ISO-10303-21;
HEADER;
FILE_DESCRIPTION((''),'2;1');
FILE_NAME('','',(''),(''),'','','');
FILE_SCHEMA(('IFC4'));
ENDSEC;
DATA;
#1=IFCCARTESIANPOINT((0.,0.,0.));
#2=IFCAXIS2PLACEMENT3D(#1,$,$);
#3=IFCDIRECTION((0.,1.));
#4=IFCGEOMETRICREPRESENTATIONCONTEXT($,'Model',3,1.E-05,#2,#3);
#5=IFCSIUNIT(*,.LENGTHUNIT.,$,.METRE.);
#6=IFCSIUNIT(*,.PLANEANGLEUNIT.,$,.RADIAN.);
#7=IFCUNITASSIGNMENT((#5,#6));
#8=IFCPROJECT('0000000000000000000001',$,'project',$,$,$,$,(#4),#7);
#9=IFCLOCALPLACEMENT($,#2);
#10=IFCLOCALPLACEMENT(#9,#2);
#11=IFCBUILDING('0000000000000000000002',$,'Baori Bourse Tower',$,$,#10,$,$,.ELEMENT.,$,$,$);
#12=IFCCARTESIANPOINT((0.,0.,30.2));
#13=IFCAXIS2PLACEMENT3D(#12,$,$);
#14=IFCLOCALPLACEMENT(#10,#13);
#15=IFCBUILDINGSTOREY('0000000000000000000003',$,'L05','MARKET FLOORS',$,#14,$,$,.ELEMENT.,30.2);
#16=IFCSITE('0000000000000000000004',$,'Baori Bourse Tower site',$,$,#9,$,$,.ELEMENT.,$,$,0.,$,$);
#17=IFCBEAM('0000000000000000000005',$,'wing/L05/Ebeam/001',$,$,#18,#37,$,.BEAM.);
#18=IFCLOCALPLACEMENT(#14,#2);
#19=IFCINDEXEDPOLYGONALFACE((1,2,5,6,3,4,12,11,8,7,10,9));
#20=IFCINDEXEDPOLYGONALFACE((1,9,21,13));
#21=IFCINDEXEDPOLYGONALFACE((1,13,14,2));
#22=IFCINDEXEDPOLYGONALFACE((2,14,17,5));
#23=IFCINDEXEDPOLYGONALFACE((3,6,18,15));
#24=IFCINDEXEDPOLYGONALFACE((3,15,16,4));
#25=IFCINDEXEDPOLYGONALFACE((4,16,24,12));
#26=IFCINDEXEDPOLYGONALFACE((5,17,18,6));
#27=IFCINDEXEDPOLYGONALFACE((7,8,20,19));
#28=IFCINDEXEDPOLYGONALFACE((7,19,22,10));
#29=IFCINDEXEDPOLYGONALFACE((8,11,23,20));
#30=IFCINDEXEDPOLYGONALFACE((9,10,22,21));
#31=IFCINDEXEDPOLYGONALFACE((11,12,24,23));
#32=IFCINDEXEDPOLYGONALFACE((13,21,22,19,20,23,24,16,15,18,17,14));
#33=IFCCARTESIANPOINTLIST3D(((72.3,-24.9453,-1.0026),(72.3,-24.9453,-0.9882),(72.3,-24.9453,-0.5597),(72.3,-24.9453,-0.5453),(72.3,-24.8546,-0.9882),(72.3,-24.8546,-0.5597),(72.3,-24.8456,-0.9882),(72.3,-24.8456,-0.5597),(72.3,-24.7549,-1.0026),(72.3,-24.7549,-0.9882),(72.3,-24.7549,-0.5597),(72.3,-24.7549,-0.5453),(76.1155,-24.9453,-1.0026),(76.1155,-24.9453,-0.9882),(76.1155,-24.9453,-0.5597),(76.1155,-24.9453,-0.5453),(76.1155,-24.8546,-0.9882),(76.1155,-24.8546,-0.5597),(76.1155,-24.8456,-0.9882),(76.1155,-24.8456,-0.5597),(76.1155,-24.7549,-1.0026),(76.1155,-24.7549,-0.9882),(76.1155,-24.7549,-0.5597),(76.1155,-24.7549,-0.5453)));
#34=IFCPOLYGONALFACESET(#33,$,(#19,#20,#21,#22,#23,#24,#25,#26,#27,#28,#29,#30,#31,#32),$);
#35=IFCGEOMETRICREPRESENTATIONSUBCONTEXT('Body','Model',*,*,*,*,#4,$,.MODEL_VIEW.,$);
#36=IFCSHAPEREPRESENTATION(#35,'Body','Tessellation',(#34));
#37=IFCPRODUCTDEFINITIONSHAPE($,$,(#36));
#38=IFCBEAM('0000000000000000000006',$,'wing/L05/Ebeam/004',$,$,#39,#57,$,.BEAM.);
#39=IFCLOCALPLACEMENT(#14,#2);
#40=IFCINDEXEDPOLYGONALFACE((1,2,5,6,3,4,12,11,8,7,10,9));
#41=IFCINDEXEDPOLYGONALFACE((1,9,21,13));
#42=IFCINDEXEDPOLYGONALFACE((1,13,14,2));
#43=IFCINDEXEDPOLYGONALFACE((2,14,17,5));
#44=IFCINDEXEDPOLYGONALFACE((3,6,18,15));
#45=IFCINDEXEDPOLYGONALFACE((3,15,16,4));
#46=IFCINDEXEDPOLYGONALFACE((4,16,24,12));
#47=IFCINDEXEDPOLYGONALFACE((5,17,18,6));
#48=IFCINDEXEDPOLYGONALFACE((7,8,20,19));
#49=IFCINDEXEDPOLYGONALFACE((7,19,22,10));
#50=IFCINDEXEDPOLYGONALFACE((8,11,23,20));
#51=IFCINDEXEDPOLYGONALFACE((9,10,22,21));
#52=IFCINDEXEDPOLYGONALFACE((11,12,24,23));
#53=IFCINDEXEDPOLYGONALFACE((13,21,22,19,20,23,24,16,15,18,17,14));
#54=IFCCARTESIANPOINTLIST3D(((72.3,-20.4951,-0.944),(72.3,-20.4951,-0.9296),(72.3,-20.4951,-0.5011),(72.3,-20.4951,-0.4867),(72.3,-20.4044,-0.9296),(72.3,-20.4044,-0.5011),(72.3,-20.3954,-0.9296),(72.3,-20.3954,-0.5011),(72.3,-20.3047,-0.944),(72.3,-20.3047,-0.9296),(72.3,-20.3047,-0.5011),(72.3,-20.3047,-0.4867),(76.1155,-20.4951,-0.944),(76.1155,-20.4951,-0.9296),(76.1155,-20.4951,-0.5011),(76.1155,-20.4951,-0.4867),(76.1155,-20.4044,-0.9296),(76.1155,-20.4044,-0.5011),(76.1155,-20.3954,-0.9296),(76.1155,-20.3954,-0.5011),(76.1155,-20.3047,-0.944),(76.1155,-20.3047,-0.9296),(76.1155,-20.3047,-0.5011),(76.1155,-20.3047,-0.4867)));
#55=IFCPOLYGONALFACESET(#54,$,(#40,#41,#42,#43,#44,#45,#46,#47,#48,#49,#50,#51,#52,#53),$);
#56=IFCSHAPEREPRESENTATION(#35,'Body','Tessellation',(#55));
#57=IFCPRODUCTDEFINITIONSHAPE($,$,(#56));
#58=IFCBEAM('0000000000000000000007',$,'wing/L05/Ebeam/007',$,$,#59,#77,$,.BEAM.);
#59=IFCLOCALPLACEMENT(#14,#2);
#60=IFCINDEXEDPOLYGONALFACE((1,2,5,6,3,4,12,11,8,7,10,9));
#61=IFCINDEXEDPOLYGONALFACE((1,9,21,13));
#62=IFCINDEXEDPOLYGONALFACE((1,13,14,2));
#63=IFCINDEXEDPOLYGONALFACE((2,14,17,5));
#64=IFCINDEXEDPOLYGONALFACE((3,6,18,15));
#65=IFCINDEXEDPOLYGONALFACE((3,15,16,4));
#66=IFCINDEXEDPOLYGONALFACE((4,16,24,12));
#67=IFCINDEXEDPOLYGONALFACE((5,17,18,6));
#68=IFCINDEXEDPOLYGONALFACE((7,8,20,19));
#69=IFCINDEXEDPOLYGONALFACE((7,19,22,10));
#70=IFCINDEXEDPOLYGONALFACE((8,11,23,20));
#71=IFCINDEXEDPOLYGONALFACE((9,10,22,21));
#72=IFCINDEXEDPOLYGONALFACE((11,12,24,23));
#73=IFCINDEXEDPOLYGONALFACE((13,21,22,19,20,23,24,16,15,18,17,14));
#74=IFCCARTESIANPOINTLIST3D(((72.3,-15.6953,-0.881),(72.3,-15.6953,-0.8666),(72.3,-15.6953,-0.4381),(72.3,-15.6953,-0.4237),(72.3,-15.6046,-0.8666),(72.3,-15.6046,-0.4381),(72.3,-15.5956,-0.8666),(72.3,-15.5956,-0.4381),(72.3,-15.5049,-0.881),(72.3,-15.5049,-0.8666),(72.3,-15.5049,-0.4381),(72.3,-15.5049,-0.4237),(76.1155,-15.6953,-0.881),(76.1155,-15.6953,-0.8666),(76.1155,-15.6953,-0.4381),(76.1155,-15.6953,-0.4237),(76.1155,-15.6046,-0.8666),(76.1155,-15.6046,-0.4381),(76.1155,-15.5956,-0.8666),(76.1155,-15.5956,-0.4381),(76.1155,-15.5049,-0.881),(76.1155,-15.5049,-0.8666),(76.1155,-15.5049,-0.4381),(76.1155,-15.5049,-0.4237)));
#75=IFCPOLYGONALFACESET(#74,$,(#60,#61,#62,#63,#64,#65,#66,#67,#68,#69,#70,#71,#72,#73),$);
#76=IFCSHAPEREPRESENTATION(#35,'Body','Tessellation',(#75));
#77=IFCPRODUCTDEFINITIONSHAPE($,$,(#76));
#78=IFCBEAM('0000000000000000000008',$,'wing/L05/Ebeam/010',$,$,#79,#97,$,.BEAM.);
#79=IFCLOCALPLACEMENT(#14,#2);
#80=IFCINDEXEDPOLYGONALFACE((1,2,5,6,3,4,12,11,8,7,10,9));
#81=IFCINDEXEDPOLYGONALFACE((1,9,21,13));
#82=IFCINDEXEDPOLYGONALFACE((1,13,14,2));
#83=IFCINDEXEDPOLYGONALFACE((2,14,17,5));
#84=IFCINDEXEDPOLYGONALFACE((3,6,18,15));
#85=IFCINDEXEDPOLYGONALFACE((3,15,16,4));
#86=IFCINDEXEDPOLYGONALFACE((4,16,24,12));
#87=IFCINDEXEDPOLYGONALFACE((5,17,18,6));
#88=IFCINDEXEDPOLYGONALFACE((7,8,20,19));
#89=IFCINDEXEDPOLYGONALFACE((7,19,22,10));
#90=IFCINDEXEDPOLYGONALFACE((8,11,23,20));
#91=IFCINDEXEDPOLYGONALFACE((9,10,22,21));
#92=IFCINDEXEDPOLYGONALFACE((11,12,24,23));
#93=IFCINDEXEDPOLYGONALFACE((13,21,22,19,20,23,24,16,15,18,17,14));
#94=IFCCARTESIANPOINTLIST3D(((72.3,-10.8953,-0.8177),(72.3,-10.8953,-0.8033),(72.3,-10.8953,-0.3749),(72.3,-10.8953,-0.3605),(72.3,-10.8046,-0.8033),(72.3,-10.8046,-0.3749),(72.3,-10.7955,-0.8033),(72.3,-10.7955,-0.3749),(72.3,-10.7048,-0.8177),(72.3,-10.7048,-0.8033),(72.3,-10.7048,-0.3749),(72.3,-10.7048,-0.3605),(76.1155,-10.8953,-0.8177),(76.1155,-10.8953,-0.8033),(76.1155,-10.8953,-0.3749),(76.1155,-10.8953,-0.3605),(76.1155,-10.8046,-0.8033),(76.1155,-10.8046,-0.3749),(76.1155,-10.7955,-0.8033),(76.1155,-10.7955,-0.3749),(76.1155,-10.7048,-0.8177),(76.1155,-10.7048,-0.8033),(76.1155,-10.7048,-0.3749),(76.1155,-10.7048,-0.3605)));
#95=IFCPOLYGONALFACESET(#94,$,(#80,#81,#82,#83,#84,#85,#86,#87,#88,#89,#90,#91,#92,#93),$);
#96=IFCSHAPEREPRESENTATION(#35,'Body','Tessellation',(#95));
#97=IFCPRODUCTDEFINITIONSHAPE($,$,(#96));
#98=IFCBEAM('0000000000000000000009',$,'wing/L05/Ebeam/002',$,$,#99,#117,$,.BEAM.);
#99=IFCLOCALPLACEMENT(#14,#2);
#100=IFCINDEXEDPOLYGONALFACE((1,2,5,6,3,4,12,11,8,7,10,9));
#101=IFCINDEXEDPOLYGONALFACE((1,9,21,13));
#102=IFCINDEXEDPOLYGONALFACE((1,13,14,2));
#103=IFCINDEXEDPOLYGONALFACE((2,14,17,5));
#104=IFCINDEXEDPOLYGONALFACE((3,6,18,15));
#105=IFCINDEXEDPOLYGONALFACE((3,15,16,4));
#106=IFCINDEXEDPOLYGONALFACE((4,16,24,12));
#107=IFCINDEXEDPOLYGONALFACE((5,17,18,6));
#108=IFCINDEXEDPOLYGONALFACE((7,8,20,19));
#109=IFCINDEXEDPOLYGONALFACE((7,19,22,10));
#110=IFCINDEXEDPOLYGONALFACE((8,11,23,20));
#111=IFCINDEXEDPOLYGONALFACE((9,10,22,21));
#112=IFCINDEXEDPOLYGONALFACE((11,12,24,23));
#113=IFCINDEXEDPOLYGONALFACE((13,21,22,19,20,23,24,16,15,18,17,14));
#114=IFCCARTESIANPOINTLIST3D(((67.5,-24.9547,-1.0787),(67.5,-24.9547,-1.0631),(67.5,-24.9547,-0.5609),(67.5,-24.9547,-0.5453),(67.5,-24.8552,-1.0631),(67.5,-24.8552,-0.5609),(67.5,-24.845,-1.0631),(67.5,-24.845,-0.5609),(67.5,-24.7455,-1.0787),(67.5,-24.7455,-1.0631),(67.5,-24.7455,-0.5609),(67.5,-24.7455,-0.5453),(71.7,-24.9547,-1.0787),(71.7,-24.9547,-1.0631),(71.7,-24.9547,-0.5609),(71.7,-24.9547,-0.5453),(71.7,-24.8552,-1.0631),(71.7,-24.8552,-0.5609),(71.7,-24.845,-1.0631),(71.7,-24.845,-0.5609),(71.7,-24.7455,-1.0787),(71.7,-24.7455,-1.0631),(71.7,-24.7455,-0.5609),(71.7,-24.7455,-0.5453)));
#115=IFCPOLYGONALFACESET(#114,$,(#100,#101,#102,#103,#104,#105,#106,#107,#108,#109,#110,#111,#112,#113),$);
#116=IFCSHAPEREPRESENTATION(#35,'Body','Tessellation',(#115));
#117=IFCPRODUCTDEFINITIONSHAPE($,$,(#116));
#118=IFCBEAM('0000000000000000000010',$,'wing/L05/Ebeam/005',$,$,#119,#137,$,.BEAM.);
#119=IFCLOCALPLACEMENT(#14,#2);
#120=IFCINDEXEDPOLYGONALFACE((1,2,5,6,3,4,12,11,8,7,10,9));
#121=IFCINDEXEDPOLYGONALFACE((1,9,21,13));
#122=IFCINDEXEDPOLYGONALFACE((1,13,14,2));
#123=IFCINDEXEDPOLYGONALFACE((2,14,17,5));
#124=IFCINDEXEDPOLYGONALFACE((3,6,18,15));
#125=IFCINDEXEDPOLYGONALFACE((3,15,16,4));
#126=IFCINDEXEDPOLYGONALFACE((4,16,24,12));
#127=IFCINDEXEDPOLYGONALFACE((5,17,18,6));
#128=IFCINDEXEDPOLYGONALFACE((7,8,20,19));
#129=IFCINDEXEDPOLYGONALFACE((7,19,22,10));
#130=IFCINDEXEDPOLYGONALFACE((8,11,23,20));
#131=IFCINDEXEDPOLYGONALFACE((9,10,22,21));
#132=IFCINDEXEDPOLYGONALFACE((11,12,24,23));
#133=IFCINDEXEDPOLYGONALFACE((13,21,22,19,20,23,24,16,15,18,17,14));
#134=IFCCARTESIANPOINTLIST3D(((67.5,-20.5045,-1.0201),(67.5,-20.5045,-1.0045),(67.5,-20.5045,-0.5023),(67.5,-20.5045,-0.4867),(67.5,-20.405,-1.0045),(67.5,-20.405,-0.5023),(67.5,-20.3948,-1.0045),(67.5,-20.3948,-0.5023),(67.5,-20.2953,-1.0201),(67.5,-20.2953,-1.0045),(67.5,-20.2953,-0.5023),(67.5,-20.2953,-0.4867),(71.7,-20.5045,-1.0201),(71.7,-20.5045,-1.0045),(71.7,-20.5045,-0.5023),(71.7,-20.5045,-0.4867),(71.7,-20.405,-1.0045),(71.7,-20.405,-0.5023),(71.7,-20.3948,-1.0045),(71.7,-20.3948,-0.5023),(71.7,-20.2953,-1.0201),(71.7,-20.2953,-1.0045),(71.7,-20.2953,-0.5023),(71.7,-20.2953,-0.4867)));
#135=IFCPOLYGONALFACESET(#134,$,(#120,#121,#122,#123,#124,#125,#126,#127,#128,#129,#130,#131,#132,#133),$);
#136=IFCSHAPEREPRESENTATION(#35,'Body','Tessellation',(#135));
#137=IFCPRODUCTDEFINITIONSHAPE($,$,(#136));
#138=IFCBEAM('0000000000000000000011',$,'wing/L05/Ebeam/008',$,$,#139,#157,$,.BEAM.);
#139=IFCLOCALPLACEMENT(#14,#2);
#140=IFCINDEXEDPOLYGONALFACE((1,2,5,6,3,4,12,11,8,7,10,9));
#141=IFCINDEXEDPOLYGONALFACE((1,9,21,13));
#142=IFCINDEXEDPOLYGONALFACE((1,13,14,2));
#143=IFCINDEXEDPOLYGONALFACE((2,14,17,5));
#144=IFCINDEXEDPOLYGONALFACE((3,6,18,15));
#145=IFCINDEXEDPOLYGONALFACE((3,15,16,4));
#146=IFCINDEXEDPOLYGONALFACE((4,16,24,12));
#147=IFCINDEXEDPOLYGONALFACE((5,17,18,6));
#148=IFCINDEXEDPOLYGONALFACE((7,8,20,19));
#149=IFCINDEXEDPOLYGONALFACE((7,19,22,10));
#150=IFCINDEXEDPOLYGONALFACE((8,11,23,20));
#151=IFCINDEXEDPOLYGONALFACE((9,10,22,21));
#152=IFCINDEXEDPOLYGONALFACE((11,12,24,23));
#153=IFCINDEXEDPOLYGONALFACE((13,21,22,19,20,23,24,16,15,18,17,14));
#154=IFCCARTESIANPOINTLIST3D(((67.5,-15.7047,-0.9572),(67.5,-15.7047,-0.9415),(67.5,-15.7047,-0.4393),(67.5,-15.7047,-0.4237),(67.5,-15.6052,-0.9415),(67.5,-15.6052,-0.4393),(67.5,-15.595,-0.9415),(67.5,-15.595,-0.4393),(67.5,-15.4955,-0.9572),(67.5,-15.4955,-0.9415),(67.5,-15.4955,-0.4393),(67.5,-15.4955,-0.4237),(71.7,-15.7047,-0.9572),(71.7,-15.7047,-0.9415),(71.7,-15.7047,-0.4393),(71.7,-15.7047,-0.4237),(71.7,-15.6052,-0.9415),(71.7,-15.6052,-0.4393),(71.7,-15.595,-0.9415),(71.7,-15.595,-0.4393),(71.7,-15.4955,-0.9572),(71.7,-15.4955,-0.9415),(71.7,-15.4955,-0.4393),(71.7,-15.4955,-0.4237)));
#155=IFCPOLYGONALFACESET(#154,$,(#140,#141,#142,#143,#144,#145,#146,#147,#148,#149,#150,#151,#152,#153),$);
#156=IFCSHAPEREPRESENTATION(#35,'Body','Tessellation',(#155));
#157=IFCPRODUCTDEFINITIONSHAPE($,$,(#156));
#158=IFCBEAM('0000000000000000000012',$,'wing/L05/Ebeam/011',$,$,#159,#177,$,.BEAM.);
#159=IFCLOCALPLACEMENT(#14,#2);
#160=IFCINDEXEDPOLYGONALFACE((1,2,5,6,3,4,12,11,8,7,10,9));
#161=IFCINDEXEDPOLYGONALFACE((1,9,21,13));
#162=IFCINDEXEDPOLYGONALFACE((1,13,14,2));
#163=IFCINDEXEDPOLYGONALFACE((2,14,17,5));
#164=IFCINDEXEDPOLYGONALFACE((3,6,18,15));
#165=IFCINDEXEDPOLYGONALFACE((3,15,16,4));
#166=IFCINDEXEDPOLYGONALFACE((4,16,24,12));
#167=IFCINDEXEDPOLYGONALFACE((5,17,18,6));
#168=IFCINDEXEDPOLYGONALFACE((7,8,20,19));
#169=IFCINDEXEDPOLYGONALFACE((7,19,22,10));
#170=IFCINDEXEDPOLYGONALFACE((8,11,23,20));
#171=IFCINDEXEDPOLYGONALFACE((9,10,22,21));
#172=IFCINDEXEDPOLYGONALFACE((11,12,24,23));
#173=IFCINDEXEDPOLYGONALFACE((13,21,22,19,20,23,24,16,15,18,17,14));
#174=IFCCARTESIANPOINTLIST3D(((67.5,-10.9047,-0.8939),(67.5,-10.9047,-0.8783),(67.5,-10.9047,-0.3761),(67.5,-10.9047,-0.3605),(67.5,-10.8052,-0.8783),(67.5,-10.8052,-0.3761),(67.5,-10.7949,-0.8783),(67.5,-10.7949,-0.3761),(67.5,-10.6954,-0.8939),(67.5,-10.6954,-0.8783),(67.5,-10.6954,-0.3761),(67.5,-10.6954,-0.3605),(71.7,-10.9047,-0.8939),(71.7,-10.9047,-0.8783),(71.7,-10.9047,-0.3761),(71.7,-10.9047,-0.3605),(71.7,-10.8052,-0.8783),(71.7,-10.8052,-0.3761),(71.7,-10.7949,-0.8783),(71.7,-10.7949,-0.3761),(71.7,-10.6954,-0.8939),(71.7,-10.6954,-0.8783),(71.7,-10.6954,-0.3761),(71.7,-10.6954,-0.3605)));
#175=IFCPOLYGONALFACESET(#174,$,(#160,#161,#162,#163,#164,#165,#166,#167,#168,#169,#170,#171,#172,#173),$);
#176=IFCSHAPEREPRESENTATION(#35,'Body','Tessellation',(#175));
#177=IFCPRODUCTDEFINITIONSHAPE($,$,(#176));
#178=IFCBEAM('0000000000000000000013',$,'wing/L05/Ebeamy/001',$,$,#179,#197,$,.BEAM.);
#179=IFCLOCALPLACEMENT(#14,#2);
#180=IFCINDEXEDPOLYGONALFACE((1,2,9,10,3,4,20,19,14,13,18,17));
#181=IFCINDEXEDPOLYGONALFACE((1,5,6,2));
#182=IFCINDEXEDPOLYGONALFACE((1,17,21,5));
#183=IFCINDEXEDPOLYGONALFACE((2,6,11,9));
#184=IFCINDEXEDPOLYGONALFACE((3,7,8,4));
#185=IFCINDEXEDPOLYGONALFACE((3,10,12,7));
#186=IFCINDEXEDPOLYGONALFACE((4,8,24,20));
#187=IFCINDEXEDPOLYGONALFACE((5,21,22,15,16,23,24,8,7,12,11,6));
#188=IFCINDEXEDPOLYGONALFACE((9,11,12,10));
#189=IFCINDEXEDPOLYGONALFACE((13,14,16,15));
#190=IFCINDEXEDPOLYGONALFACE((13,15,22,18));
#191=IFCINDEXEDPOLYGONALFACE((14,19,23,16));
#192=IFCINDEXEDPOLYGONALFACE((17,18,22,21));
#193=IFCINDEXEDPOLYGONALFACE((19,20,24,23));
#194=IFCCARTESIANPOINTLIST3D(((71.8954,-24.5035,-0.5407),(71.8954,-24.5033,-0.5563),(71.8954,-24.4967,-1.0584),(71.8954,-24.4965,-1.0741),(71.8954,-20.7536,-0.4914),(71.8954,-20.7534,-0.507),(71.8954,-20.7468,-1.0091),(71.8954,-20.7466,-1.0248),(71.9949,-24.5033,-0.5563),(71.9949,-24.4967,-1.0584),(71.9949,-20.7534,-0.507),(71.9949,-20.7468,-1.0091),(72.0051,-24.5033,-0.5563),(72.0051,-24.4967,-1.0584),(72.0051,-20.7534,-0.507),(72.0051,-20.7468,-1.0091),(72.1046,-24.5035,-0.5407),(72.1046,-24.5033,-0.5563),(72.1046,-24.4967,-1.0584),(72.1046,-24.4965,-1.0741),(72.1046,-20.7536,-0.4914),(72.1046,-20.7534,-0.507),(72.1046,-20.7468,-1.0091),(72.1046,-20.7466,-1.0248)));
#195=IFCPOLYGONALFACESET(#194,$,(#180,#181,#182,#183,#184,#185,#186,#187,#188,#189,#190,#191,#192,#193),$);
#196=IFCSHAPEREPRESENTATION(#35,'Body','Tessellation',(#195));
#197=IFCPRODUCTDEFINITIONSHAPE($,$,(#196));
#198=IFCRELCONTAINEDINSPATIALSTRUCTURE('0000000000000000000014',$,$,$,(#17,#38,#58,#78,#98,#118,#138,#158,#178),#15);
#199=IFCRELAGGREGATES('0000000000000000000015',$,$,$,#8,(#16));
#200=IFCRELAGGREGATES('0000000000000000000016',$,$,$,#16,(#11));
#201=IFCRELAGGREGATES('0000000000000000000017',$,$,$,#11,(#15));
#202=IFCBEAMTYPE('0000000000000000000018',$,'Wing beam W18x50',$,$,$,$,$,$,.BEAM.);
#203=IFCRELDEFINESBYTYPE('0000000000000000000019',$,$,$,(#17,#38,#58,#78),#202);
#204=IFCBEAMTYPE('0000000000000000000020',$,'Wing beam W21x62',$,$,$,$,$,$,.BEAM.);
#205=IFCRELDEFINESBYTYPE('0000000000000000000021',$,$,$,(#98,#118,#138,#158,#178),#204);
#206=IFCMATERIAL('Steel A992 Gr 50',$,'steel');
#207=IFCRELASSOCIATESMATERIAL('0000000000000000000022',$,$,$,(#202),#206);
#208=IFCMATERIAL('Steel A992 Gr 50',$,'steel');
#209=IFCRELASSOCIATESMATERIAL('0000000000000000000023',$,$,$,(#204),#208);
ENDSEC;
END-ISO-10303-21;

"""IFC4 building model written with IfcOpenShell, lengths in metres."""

from ifc_helpers import new_model, si_unit, direction, frame, origin, origin_2d, place, context, subcontext, project, spatial, i_section, extrude, material, material_profile, profile_set, type_object, element, save


model = new_model("IFC4")

# Units and contexts
model_context = context("Model", 3, precision=1e-05, world=origin(), true_north=direction((0.0, 1.0)))
body_context = subcontext(model_context, "Body", "Model", "MODEL_VIEW")
ifc_project = project(units=[si_unit("LENGTHUNIT", "METRE"), si_unit("PLANEANGLEUNIT", "RADIAN")], contexts=[model_context])

# Site, building, storey
site_placement = place(None, origin())
site = spatial("IfcSite", under=ifc_project, at=site_placement, Name="Baori Bourse Tower site", CompositionType="ELEMENT", RefElevation=0.0)
building_placement = place(site_placement, origin())
building = spatial("IfcBuilding", under=site, at=building_placement, Name="Baori Bourse Tower", CompositionType="ELEMENT")
storey_placement = place(building_placement, frame((0.0, 0.0, 30.2)))
storey = spatial("IfcBuildingStorey", under=building, at=storey_placement, Name="L05", Description="MARKET FLOORS", CompositionType="ELEMENT", Elevation=30.2)

# Beams
ifc_material_1 = material(Name="Steel A992 Gr 50", Category="steel")
ifc_material_profile_1 = material_profile(ifc_material_1, i_section(OverallWidth=0.1904, OverallDepth=0.4573, WebThickness=0.009, FlangeThickness=0.0144, at=origin_2d()), Name="W18x50")
ifc_profile_set_1 = profile_set([ifc_material_profile_1], Name="Steel A992 Gr 50")
beam_type_1 = type_object("IfcBeamType", Name="Wing beam W18x50", PredefinedType="BEAM", material=ifc_profile_set_1)
for number, where, z_axis, x_axis, name in (
    (1, (76.1155, -24.8501, -0.7739), (-1.0, 0.0, 0.0), (0.0, -1.0, 0.0), "wing/L05/Ebeam/001"),
    (2, (76.1155, -20.3999, -0.7153), (-1.0, 0.0, 0.0), (0.0, -1.0, 0.0), "wing/L05/Ebeam/004"),
    (3, (76.1155, -15.6001, -0.6523), (-1.0, 0.0, 0.0), (0.0, -1.0, 0.0), "wing/L05/Ebeam/007"),
    (4, (76.1155, -10.8, -0.5891), (-1.0, 0.0, 0.0), (0.0, -1.0, 0.0), "wing/L05/Ebeam/010"),
):
    element("IfcBeam", number, at=place(storey_placement, frame(where, z_axis=z_axis, x_axis=x_axis)), inside=storey, type_object=beam_type_1, Name=name, PredefinedType="BEAM", context=body_context, shape_type="SweptSolid", body=[
        extrude(i_section(OverallWidth=0.1904, OverallDepth=0.4573, WebThickness=0.009, FlangeThickness=0.0144, at=origin_2d()), origin(), (0.0, 0.0, 1.0), 3.8154),
    ])
ifc_material_2 = material(Name="Steel A992 Gr 50", Category="steel")
ifc_material_profile_2 = material_profile(ifc_material_2, i_section(OverallWidth=0.2092, OverallDepth=0.5334, WebThickness=0.0103, FlangeThickness=0.0156, at=origin_2d()), Name="W21x62")
ifc_profile_set_2 = profile_set([ifc_material_profile_2], Name="Steel A992 Gr 50")
beam_type_2 = type_object("IfcBeamType", Name="Wing beam W21x62", PredefinedType="BEAM", material=ifc_profile_set_2)
for number, where, z_axis, x_axis, name in (
    (5, (71.7, -24.8501, -0.812), (-1.0, 0.0, 0.0), (0.0, -1.0, 0.0), "wing/L05/Ebeam/002"),
    (6, (71.7, -20.3999, -0.7534), (-1.0, 0.0, 0.0), (0.0, -1.0, 0.0), "wing/L05/Ebeam/005"),
    (7, (71.7, -15.6001, -0.6904), (-1.0, 0.0, 0.0), (0.0, -1.0, 0.0), "wing/L05/Ebeam/008"),
    (8, (71.7, -10.8, -0.6272), (-1.0, 0.0, 0.0), (0.0, -1.0, 0.0), "wing/L05/Ebeam/011"),
):
    element("IfcBeam", number, at=place(storey_placement, frame(where, z_axis=z_axis, x_axis=x_axis)), inside=storey, type_object=beam_type_2, Name=name, PredefinedType="BEAM", context=body_context, shape_type="SweptSolid", body=[
        extrude(i_section(OverallWidth=0.2092, OverallDepth=0.5334, WebThickness=0.0103, FlangeThickness=0.0156, at=origin_2d()), origin(), (0.0, 0.0, 1.0), 4.2),
    ])
beam_1_placement = place(storey_placement, frame((72.0, -24.5, -0.8074), z_axis=(0.0, 0.999914, 0.01315), x_axis=(-1.0, 0.0, 0.0)))
element("IfcBeam", 9, at=beam_1_placement, inside=storey, type_object=beam_type_2, Name="wing/L05/Ebeamy/001", PredefinedType="BEAM", context=body_context, shape_type="SweptSolid", body=[
    extrude(i_section(OverallWidth=0.2092, OverallDepth=0.5334, WebThickness=0.0103, FlangeThickness=0.0156, at=origin_2d()), origin(), (0.0, 0.0, 1.0), 3.7502),
])

save(model, "model.ifc")
